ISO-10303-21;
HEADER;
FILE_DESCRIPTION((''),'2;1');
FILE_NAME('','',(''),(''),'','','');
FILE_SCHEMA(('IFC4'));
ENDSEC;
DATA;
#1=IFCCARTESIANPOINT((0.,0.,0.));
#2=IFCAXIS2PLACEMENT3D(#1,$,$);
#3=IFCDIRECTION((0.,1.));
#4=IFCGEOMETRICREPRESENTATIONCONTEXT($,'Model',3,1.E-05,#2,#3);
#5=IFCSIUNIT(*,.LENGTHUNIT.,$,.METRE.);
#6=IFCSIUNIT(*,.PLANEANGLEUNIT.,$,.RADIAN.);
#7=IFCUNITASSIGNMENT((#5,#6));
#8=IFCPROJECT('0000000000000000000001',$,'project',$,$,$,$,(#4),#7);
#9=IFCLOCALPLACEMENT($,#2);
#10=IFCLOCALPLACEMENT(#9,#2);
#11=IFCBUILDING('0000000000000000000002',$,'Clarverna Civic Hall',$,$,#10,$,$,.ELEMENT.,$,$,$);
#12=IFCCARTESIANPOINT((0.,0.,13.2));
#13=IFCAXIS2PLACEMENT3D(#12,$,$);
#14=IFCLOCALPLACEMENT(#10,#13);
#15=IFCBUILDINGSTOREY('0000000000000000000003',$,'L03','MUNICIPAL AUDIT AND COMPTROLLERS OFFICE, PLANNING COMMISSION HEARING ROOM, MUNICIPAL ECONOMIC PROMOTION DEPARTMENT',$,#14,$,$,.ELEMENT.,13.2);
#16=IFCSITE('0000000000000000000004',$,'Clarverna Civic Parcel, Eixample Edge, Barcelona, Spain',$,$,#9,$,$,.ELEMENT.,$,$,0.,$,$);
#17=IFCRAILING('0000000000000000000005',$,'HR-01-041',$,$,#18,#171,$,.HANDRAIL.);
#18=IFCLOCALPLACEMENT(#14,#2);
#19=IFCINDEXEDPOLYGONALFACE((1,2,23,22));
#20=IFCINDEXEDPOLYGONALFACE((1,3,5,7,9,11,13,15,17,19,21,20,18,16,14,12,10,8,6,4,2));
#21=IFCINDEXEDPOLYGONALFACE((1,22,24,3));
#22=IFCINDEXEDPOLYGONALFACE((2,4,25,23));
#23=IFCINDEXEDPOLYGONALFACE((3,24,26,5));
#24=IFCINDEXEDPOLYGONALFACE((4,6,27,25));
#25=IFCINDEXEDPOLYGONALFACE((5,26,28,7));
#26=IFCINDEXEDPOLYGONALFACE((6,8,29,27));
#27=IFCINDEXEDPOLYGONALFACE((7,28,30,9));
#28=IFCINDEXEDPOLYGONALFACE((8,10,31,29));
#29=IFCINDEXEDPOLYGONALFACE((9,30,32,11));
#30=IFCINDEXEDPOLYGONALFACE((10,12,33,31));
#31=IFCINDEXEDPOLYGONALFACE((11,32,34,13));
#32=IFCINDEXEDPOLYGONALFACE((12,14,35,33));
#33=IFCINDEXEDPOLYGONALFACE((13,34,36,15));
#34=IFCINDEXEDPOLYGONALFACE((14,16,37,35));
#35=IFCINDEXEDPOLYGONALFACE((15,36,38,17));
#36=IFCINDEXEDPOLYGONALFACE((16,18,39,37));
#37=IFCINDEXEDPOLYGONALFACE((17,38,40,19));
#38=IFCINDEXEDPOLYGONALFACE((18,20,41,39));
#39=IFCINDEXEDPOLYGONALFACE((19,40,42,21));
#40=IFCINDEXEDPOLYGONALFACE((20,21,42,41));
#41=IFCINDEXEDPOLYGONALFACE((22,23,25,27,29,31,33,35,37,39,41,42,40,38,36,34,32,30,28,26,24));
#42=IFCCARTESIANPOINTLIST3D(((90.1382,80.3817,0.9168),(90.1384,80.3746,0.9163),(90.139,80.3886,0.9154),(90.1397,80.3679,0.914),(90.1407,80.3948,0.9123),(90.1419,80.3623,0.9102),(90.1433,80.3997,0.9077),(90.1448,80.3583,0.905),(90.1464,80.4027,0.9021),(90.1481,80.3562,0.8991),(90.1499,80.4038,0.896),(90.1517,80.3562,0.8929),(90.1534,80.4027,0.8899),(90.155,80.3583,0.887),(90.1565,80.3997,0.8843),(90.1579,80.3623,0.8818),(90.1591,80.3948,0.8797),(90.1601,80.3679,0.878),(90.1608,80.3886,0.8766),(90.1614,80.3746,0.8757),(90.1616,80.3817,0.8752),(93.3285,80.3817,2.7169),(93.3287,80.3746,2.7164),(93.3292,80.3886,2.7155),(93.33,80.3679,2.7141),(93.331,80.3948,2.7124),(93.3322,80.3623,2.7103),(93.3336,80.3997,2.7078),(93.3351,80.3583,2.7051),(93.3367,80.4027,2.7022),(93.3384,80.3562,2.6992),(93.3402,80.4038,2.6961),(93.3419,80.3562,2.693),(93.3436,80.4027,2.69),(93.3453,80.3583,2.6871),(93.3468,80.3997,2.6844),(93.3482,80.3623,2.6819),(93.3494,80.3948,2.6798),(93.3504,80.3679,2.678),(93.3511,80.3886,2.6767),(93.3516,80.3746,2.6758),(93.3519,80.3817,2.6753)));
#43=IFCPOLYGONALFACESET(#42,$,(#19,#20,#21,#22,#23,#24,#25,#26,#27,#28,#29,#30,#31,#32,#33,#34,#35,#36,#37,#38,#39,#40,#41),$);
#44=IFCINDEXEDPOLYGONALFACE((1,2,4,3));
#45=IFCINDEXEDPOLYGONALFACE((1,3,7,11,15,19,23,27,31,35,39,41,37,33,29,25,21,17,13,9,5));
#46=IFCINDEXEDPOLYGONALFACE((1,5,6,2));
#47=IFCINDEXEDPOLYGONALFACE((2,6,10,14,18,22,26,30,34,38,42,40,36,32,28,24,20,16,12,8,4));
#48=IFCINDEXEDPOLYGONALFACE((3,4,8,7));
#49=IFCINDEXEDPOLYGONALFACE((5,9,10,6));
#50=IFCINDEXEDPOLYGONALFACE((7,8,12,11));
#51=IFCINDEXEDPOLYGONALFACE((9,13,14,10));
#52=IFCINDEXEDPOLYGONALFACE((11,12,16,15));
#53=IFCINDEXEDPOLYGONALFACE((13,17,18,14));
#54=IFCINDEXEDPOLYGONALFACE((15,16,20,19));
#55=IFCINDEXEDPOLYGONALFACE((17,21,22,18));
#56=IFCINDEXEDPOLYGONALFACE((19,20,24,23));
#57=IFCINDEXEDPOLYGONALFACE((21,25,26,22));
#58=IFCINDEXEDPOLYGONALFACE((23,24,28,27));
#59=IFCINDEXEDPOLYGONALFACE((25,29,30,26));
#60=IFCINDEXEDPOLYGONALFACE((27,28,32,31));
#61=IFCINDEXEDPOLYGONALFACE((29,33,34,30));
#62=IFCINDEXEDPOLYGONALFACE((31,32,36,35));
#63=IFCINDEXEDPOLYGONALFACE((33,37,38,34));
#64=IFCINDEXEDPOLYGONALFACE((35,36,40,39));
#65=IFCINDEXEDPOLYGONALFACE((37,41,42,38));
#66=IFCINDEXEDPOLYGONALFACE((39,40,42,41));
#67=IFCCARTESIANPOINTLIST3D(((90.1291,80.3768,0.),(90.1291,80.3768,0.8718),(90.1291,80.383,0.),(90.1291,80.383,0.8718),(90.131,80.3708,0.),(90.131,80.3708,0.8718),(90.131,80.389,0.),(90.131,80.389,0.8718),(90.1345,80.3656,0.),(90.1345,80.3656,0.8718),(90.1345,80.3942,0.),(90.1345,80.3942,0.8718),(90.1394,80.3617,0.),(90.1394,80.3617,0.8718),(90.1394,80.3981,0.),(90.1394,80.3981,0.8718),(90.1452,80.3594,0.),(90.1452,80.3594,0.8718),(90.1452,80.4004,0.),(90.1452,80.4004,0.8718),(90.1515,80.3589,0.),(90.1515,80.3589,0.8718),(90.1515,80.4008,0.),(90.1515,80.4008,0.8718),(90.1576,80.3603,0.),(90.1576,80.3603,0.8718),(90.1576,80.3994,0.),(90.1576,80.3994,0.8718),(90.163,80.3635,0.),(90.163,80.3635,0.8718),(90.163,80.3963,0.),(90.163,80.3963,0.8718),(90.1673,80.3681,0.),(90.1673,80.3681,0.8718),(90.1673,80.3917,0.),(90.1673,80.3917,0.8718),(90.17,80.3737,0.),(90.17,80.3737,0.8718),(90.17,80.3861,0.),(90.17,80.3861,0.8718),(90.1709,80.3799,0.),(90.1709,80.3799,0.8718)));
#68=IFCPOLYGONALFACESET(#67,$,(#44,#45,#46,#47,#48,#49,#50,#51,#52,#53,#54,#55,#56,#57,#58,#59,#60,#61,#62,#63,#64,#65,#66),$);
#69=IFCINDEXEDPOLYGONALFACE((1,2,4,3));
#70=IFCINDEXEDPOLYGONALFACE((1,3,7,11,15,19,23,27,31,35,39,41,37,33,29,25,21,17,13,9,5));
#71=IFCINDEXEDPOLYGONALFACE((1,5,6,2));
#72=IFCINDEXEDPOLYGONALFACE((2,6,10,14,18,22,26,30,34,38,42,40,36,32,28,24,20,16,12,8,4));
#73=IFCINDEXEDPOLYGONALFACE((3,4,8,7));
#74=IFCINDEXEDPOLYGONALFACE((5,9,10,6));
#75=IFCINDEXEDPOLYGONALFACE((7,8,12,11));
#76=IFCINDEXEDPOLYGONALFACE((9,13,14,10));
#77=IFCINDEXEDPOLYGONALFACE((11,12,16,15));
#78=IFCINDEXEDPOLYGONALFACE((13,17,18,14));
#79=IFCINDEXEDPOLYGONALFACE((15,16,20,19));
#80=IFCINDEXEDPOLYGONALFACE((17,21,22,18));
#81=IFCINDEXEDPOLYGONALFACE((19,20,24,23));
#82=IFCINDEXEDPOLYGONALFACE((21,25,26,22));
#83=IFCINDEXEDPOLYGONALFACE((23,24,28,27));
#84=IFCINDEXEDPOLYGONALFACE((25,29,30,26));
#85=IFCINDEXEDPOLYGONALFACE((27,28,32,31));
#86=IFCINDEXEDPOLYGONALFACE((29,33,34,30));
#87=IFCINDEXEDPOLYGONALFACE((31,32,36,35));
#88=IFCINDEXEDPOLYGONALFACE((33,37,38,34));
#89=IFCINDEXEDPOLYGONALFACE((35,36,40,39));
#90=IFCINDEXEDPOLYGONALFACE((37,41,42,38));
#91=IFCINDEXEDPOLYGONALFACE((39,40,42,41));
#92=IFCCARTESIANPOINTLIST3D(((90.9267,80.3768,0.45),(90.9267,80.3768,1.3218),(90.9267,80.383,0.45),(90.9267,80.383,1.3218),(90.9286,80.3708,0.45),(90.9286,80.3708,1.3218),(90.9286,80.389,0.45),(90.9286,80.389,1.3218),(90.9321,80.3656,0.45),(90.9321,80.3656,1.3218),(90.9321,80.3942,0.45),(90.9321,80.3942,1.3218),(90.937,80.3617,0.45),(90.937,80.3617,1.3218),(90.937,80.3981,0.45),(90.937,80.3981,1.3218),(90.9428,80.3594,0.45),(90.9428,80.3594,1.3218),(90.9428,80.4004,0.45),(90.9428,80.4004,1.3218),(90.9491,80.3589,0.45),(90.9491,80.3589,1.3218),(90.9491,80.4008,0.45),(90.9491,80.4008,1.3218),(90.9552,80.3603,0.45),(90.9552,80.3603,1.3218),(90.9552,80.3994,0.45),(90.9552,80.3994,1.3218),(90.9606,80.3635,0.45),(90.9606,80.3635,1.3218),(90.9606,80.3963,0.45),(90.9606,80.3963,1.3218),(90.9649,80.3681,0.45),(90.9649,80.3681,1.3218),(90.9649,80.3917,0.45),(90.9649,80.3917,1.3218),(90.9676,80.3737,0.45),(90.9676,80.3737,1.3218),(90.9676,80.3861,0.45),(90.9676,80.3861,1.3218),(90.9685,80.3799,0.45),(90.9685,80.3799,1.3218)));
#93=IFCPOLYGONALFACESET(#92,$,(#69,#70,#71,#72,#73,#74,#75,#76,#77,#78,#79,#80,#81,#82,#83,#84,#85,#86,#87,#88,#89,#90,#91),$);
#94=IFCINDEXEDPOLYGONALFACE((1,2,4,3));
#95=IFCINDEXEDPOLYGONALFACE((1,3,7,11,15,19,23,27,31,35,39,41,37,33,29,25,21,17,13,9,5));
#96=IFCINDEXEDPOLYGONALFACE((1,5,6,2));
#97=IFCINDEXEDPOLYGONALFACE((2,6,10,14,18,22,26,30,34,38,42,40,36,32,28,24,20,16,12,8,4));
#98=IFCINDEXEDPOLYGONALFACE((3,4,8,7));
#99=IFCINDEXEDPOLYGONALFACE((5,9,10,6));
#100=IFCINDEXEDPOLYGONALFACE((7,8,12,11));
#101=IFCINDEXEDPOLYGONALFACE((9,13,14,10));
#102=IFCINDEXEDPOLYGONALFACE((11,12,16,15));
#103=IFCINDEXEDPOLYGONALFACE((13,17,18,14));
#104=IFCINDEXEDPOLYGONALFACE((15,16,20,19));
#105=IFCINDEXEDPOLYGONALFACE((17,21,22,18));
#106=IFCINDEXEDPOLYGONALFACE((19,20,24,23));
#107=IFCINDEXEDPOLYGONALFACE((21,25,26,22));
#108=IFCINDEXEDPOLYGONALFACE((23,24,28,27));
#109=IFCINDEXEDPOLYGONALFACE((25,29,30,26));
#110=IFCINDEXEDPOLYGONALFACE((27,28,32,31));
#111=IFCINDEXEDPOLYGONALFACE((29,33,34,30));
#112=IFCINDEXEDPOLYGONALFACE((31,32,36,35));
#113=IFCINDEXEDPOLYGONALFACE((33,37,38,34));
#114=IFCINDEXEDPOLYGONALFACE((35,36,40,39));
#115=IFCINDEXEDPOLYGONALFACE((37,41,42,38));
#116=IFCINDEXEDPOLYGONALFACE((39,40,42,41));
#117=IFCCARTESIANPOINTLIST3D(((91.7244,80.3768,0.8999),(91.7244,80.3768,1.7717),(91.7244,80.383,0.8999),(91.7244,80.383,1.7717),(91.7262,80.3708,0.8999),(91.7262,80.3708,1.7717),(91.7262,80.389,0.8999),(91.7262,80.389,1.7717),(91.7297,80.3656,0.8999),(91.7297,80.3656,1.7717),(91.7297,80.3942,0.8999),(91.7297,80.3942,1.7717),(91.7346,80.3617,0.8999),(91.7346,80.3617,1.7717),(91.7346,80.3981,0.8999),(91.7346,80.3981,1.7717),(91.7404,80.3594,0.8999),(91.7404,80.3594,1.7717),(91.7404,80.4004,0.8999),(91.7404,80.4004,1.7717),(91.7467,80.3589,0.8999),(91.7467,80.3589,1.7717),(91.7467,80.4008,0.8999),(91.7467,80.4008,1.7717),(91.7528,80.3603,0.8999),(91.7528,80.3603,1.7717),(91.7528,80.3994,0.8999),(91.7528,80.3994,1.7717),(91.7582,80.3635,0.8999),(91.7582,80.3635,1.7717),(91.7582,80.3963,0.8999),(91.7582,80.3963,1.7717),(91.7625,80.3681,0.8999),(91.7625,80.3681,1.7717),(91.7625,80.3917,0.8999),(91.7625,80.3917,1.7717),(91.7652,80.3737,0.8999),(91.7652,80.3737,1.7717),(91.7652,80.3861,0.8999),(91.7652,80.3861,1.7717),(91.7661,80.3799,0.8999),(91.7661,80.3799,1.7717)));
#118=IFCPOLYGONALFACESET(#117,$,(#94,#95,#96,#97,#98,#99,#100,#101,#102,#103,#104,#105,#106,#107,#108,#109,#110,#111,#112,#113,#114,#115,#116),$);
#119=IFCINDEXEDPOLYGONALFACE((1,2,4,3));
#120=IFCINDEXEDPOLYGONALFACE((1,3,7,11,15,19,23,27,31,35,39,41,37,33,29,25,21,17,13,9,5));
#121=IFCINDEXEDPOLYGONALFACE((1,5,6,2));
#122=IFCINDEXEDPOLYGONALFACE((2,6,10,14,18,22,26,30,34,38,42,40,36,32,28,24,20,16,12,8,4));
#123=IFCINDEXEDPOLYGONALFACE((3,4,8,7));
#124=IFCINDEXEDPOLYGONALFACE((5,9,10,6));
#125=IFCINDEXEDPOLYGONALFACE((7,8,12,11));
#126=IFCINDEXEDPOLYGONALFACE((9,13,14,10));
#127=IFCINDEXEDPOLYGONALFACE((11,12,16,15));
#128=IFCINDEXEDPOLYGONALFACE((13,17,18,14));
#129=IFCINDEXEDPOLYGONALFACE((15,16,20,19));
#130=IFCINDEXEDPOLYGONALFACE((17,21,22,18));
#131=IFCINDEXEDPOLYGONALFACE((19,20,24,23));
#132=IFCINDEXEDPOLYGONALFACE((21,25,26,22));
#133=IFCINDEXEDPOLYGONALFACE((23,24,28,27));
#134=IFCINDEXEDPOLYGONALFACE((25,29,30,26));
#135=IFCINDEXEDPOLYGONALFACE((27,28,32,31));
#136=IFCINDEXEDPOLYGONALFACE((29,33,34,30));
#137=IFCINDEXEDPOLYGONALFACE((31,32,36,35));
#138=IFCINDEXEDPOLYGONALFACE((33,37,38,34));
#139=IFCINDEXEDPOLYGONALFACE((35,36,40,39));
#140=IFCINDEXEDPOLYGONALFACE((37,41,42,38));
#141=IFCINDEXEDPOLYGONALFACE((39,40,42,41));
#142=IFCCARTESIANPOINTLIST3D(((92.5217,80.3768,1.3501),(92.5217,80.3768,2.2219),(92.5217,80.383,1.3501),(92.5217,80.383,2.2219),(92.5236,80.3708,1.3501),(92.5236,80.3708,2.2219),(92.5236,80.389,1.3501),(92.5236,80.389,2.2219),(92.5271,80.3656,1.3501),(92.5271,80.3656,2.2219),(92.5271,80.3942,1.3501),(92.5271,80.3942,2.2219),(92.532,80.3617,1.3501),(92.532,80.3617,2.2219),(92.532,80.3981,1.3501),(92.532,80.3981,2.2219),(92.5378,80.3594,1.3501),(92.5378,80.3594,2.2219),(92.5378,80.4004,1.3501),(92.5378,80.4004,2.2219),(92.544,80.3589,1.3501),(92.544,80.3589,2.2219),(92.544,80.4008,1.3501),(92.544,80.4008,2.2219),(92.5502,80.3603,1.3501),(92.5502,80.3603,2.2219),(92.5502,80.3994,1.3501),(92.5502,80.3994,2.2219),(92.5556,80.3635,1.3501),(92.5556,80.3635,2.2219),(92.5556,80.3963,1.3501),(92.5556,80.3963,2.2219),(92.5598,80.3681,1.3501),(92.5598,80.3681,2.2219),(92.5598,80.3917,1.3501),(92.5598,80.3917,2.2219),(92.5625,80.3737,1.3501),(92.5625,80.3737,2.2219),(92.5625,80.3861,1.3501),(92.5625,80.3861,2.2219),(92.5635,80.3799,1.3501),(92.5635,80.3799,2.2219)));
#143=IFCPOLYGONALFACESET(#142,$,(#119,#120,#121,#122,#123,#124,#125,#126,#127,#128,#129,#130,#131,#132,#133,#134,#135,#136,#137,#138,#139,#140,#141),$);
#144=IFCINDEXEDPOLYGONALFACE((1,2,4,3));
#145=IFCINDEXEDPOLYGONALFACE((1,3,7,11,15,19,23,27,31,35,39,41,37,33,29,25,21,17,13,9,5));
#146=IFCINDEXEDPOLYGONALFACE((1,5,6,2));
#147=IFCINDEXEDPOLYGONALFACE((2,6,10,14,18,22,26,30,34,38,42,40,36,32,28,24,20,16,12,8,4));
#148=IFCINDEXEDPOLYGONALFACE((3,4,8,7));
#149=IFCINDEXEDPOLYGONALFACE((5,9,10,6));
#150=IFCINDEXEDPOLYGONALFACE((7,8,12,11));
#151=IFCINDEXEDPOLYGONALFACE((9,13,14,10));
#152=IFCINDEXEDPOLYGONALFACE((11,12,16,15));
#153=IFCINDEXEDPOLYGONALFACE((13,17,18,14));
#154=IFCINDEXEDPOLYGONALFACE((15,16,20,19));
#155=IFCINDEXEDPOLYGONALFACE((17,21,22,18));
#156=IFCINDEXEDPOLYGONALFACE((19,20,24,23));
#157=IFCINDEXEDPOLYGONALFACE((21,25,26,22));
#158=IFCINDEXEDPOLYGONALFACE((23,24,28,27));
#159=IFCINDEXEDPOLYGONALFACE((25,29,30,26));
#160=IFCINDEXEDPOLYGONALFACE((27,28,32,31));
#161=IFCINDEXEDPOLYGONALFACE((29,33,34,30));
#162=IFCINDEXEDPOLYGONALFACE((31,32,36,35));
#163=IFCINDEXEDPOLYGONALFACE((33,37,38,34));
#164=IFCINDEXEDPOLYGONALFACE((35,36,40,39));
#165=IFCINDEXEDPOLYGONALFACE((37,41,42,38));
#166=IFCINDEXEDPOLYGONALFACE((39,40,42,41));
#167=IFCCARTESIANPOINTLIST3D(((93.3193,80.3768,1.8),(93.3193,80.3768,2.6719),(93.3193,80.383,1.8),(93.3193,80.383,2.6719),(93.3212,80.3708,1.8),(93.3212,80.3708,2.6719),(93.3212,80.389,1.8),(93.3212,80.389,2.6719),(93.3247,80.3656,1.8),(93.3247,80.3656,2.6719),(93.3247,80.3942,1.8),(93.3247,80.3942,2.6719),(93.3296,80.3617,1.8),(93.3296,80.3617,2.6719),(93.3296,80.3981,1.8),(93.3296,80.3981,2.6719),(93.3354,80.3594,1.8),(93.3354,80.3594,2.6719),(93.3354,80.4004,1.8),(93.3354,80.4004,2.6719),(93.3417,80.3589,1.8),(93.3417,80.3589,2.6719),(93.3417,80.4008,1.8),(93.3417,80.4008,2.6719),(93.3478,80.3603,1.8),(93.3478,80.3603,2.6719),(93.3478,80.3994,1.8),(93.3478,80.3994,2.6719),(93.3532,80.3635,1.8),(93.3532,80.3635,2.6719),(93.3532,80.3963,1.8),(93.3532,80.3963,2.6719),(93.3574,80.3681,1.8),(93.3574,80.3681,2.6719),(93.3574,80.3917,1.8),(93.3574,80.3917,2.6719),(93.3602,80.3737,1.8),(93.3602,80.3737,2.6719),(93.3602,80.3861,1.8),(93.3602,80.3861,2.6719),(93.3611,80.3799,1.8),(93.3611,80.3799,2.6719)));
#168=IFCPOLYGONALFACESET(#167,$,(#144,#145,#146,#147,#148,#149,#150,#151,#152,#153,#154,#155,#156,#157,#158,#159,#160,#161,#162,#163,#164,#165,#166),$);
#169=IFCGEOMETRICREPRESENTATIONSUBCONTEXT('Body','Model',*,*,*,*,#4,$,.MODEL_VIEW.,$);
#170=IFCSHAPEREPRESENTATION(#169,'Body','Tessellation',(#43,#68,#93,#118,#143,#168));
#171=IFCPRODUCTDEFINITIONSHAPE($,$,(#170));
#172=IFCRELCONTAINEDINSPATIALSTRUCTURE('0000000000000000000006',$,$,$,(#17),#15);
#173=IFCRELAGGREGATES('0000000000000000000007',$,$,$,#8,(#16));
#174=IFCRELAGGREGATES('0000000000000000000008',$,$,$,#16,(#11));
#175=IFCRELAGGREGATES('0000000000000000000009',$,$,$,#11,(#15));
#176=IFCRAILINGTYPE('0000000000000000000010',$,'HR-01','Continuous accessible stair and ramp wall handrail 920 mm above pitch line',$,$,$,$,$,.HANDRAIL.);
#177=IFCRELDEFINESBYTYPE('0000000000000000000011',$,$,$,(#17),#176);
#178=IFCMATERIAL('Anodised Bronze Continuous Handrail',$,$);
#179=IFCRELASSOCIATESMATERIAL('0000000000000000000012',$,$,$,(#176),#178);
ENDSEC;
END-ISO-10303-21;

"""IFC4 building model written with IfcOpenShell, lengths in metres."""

from ifc_helpers import new_model, si_unit, direction, frame, origin, origin_2d, place, context, subcontext, project, spatial, circle, extrude, material, type_object, element, save


model = new_model("IFC4")

# Units and contexts
model_context = context("Model", 3, precision=1e-05, world=origin(), true_north=direction((0.0, 1.0)))
body_context = subcontext(model_context, "Body", "Model", "MODEL_VIEW")
ifc_project = project(units=[si_unit("LENGTHUNIT", "METRE"), si_unit("PLANEANGLEUNIT", "RADIAN")], contexts=[model_context])

# Site, building, storey
site_placement = place(None, origin())
site = spatial("IfcSite", under=ifc_project, at=site_placement, Name="Clarverna Civic Parcel, Eixample Edge, Barcelona, Spain", CompositionType="ELEMENT", RefElevation=0.0)
building_placement = place(site_placement, origin())
building = spatial("IfcBuilding", under=site, at=building_placement, Name="Clarverna Civic Hall", CompositionType="ELEMENT")
storey_placement = place(building_placement, frame((0.0, 0.0, 13.2)))
storey = spatial("IfcBuildingStorey", under=building, at=storey_placement, Name="L03", Description="MUNICIPAL AUDIT AND COMPTROLLERS OFFICE, PLANNING COMMISSION HEARING ROOM, MUNICIPAL ECONOMIC PROMOTION DEPARTMENT", CompositionType="ELEMENT", Elevation=13.2)

# Railing
ifc_material_1 = material(Name="Anodised Bronze Continuous Handrail")
railing_type_1 = type_object("IfcRailingType", Name="HR-01", Description="Continuous accessible stair and ramp wall handrail 920 mm above pitch line", PredefinedType="HANDRAIL", material=ifc_material_1)
railing_1_placement = place(storey_placement, frame((90.1499, 80.3799, 0.0)))
element("IfcRailing", 1, at=railing_1_placement, inside=storey, type_object=railing_type_1, Name="HR-01-041", PredefinedType="HANDRAIL", context=body_context, shape_type="SweptSolid", body=[
    extrude(circle(Radius=0.0239, at=origin_2d()), frame((0.0, 0.0, 0.896), z_axis=(0.870925, 0.0, 0.491416), x_axis=(0.0, 1.0, 0.0)), (0.0, 0.0, 1.0), 3.6631),
    extrude(circle(Radius=0.021, at=origin_2d()), origin(), (0.0, 0.0, 1.0), 0.8718),
    extrude(circle(Radius=0.021, at=origin_2d()), frame((0.7976, 0.0, 0.45)), (0.0, 0.0, 1.0), 0.8718),
    extrude(circle(Radius=0.021, at=origin_2d()), frame((1.5952, 0.0, 0.8999)), (0.0, 0.0, 1.0), 0.8718),
    extrude(circle(Radius=0.021, at=origin_2d()), frame((2.3926, 0.0, 1.3501)), (0.0, 0.0, 1.0), 0.8718),
    extrude(circle(Radius=0.021, at=origin_2d()), frame((3.1902, 0.0, 1.8)), (0.0, 0.0, 1.0), 0.8718),
])

save(model, "model.ifc")
